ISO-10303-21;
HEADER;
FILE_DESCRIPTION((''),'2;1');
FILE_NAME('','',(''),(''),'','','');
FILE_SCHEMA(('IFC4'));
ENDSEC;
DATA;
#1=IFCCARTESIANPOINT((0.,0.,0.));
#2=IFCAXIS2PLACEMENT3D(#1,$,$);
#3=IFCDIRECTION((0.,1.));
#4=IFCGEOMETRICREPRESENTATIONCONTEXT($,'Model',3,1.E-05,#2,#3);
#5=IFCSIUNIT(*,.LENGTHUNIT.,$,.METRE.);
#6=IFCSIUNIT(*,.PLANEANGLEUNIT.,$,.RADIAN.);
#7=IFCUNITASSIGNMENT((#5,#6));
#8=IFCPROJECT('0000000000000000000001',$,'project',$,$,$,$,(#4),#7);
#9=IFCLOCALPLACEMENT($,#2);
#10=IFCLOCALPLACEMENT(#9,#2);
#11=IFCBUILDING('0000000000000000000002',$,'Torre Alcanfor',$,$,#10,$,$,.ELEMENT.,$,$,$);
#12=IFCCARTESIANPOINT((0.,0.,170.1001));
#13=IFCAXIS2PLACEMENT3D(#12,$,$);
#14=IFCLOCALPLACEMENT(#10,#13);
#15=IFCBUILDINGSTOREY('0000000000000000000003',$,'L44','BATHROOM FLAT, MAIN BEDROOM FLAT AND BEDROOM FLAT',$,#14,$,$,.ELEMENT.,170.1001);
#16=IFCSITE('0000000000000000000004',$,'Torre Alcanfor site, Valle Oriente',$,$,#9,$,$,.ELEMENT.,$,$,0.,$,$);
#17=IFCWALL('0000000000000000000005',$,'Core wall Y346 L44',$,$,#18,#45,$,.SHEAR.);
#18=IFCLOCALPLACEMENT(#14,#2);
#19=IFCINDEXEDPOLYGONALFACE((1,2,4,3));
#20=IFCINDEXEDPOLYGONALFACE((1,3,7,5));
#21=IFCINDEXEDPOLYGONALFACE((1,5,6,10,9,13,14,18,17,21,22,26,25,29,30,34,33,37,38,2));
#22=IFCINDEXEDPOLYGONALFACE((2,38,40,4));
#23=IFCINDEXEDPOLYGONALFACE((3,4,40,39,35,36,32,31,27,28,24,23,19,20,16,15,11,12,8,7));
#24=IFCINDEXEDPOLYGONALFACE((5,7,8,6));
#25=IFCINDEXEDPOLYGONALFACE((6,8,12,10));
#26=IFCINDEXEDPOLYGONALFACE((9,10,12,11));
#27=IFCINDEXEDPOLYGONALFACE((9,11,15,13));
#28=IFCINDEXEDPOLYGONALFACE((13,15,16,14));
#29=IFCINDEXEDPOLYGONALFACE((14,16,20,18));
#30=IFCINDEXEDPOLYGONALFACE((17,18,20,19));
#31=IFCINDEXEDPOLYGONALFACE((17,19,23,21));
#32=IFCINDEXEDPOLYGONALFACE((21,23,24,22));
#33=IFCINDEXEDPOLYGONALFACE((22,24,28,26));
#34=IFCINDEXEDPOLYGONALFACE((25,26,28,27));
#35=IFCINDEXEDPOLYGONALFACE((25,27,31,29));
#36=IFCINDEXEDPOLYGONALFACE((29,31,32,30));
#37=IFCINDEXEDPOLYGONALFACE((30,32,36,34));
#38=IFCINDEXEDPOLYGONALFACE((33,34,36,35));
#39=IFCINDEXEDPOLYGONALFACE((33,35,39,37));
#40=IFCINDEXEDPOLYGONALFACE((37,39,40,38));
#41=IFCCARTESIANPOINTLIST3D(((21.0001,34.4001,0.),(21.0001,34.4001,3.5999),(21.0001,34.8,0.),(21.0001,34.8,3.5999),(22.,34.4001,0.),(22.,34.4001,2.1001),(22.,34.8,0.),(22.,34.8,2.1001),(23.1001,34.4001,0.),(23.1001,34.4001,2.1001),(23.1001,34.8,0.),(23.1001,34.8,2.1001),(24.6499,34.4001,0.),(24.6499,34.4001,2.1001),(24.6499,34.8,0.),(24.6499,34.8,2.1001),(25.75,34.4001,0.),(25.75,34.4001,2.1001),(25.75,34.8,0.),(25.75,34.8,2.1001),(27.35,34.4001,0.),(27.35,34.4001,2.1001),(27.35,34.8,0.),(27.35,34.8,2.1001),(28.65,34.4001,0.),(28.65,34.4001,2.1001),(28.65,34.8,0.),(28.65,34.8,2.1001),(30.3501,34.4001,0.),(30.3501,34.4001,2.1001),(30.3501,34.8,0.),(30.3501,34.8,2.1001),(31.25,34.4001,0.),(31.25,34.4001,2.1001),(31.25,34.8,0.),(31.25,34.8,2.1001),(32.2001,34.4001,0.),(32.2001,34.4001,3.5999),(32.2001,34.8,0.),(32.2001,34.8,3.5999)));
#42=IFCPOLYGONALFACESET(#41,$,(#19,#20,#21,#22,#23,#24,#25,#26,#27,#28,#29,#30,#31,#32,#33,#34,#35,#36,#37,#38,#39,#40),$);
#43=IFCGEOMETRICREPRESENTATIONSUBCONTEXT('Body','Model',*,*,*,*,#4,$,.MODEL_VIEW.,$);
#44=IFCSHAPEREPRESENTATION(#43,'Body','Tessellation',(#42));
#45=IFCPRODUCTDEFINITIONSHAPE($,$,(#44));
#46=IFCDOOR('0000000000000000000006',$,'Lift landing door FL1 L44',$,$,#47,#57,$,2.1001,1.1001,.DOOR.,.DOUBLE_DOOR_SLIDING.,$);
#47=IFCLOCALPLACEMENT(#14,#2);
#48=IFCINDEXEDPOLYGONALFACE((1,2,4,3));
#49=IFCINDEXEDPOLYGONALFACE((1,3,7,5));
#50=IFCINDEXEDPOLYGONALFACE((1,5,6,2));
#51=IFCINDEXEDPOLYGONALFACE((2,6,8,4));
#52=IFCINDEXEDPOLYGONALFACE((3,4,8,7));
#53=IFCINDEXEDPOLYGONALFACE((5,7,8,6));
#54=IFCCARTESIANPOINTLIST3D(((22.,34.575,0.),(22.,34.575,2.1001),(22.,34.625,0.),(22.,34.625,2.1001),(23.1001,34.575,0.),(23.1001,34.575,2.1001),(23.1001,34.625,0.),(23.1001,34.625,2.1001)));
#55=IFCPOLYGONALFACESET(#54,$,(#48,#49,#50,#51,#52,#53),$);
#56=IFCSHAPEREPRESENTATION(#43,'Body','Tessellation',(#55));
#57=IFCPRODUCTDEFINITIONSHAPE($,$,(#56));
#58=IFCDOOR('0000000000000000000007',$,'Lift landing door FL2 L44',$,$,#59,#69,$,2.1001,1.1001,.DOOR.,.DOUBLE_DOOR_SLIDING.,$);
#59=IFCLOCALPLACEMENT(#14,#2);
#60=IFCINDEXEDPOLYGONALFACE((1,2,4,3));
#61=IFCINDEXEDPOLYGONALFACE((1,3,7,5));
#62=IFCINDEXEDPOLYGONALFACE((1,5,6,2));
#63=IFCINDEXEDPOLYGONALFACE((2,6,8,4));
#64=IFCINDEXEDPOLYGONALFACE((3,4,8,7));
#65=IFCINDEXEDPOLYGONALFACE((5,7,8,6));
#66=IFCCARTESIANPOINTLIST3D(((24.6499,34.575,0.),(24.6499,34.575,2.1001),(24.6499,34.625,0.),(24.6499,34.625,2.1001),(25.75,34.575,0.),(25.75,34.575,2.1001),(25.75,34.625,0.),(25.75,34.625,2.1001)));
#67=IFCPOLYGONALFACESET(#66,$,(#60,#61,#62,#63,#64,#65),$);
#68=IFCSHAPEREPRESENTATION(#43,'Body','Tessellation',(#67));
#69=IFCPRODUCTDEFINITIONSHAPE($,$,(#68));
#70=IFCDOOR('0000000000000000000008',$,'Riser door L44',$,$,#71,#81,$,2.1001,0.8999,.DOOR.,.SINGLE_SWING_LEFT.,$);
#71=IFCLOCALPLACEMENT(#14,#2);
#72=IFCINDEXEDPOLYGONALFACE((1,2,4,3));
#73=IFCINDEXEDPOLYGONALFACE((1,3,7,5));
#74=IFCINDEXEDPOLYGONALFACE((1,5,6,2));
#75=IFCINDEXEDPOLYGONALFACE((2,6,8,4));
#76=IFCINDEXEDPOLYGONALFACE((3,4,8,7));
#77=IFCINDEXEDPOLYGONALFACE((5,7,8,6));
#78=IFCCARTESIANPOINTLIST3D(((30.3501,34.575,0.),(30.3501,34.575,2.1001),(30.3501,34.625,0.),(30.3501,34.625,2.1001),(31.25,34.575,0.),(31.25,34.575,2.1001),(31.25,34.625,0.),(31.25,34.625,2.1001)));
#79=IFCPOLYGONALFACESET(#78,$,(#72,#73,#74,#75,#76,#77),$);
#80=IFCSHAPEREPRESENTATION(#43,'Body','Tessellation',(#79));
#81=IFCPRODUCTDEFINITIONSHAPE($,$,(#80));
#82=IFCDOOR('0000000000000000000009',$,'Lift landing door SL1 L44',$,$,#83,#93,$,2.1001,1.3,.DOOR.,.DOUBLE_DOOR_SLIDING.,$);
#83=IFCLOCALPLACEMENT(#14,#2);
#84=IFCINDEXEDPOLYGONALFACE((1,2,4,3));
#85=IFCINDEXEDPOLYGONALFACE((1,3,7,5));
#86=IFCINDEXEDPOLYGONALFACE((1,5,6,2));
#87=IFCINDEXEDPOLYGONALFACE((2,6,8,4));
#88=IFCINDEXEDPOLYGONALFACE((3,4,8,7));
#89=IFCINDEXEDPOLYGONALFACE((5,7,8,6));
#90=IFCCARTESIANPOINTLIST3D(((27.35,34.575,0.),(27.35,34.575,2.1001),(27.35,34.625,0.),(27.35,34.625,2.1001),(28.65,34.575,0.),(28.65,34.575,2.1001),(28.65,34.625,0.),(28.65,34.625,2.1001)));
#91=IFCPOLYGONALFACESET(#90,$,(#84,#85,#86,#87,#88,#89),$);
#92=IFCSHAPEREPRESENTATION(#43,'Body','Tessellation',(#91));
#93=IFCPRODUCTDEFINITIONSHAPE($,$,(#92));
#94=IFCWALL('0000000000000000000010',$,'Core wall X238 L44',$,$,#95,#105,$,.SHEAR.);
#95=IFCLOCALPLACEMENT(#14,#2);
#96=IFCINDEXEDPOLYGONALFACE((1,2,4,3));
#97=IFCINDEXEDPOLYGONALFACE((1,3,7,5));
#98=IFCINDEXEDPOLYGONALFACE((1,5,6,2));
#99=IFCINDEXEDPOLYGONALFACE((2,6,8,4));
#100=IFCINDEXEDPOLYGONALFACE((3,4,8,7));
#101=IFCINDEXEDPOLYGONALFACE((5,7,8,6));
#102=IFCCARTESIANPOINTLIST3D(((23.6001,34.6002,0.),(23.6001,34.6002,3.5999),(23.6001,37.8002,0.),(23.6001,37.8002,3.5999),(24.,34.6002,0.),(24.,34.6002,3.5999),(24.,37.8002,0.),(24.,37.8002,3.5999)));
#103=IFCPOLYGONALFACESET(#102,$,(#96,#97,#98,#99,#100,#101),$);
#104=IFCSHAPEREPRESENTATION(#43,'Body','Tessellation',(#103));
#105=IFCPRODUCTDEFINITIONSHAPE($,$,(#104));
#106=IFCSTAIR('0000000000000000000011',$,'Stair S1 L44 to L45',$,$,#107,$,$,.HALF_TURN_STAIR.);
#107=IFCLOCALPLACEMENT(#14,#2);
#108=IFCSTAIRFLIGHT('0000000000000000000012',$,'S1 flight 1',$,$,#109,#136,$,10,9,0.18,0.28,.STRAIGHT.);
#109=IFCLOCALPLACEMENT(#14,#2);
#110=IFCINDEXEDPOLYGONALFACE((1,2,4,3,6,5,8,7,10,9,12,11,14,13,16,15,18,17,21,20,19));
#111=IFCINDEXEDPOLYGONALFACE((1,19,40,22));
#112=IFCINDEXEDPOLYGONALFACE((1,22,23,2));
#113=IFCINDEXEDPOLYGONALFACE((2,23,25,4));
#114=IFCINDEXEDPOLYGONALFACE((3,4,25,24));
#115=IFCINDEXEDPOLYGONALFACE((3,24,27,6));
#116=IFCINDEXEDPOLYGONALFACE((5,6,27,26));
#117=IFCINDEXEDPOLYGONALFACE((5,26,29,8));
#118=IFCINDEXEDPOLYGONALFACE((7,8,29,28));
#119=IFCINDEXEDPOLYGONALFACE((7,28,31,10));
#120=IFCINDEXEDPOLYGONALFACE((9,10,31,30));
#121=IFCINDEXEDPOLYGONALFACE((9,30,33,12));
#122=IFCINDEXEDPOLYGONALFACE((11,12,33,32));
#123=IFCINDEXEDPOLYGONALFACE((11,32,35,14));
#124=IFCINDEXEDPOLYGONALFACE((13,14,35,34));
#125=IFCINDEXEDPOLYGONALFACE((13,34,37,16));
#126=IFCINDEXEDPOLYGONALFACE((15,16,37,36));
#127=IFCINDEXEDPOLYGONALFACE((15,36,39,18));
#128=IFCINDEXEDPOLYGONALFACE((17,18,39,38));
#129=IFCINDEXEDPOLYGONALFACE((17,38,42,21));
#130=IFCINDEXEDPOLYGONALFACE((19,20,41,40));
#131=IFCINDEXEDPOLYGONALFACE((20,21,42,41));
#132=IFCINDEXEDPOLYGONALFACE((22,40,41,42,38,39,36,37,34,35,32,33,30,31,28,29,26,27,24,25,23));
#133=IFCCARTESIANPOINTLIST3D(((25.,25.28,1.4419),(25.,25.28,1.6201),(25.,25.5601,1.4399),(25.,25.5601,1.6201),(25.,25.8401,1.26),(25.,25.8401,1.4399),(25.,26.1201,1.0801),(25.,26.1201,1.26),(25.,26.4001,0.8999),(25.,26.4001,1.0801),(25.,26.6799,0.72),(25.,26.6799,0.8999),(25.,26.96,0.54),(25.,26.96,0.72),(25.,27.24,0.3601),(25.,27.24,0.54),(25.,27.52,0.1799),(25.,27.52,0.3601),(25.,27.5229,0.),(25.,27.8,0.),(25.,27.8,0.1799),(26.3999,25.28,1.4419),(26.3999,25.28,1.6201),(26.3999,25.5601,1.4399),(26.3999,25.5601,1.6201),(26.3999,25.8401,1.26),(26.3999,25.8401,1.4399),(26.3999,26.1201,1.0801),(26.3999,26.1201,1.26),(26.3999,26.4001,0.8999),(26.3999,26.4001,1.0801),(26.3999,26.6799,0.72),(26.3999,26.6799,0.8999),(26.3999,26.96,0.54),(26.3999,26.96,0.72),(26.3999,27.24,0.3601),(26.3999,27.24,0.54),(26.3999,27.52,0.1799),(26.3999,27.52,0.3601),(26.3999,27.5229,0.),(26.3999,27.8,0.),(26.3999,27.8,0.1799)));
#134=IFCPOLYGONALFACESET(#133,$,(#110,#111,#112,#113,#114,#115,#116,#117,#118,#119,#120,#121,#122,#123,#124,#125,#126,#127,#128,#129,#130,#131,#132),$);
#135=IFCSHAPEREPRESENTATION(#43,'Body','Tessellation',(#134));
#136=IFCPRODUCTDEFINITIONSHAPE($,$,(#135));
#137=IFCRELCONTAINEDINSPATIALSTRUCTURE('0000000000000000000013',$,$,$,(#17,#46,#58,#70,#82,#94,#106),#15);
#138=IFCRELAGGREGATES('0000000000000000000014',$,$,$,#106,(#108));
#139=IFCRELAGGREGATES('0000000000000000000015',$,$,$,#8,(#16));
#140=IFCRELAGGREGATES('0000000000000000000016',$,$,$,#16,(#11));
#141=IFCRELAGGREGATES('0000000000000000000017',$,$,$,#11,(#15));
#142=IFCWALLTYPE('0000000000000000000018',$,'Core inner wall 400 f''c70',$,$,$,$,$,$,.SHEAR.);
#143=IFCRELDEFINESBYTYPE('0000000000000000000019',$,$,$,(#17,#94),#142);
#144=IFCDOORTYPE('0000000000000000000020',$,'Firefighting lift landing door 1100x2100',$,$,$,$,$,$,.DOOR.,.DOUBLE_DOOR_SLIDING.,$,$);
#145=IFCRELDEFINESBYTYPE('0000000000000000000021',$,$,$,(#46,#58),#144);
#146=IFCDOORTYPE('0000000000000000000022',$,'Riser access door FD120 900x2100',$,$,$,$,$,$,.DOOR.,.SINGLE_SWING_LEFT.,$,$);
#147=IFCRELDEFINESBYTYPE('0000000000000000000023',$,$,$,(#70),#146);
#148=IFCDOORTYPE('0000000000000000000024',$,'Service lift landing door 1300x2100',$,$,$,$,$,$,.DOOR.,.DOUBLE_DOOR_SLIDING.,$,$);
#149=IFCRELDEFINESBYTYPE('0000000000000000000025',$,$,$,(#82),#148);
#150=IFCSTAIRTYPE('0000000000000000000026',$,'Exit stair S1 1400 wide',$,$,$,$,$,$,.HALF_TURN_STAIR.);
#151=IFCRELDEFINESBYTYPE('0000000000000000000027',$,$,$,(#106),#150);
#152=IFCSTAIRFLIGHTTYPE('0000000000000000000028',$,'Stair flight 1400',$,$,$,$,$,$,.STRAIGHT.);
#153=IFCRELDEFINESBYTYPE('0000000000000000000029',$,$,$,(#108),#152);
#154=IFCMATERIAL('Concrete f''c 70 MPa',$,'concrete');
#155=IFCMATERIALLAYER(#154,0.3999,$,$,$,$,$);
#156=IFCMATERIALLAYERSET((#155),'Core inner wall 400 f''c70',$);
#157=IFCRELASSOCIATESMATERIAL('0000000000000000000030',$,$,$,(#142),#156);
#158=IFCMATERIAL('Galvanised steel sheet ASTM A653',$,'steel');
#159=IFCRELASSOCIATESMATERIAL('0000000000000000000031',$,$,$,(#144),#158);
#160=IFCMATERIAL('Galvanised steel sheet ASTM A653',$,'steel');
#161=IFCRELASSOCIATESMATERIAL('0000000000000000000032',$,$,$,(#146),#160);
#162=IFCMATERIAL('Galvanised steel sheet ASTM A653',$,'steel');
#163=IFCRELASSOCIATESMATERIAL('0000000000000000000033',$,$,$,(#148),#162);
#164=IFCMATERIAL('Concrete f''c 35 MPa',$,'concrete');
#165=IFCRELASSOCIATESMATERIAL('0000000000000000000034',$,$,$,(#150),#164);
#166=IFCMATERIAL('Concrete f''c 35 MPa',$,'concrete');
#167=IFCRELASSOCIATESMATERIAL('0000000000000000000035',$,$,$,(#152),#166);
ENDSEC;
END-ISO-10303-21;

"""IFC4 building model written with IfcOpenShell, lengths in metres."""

from ifc_helpers import new_model, si_unit, direction, frame, frame_2d, origin, place, context, subcontext, project, spatial, polyline, rectangle, outline, extrude, material, layer, layer_set, type_object, element, fill, aggregate, save


model = new_model("IFC4")

# Units and contexts
model_context = context("Model", 3, precision=1e-05, world=origin(), true_north=direction((0.0, 1.0)))
body_context = subcontext(model_context, "Body", "Model", "MODEL_VIEW")
ifc_project = project(units=[si_unit("LENGTHUNIT", "METRE"), si_unit("PLANEANGLEUNIT", "RADIAN")], contexts=[model_context])

# Site, building, storey
site_placement = place(None, origin())
site = spatial("IfcSite", under=ifc_project, at=site_placement, Name="Torre Alcanfor site, Valle Oriente", CompositionType="ELEMENT", RefElevation=0.0)
building_placement = place(site_placement, origin())
building = spatial("IfcBuilding", under=site, at=building_placement, Name="Torre Alcanfor", CompositionType="ELEMENT")
storey_placement = place(building_placement, frame((0.0, 0.0, 170.1001)))
storey = spatial("IfcBuildingStorey", under=building, at=storey_placement, Name="L44", Description="BATHROOM FLAT, MAIN BEDROOM FLAT AND BEDROOM FLAT", CompositionType="ELEMENT", Elevation=170.1001)

# Shared definitions
ifc_material_1 = material(Name="Concrete f'c 70 MPa", Category="concrete")
ifc_layer_1 = layer(ifc_material_1, 0.3999)
ifc_layer_set_1 = layer_set([ifc_layer_1], Name="Core inner wall 400 f'c70")
wall_type_1 = type_object("IfcWallType", Name="Core inner wall 400 f'c70", PredefinedType="SHEAR", material=ifc_layer_set_1)

# Wall, openings, doors
wall_1_placement = place(storey_placement, frame((21.0, 34.6001, 0.0), z_axis=(0.0, 0.0, 1.0), x_axis=(1.0, 0.0, 0.0)))
wall_1 = element("IfcWall", 1, at=wall_1_placement, inside=storey, type_object=wall_type_1, Name="Core wall Y346 L44", PredefinedType="SHEAR", context=body_context, shape_type="SweptSolid", body=[
    extrude(rectangle(XDim=11.2, YDim=0.3999, at=frame_2d((5.6001, 0.0))), origin(), (0.0, 0.0, 1.0), 3.5999),
])
opening_1_placement = place(wall_1_placement, frame((9.3501, 0.0, 0.0)))
opening_1 = element("IfcOpeningElement", 2, at=opening_1_placement, cuts=wall_1, PredefinedType="OPENING", context=body_context, shape_type="SweptSolid", body=[
    extrude(rectangle(XDim=0.8999, YDim=2.1001, at=frame_2d((0.45, 1.05))), frame((0.0, 0.21, 0.0), z_axis=(0.0, -1.0, 0.0), x_axis=(1.0, 0.0, 0.0)), (0.0, 0.0, 1.0), 0.4199),
])
opening_2_placement = place(wall_1_placement, frame((1.0, 0.0, 0.0)))
opening_2 = element("IfcOpeningElement", 3, at=opening_2_placement, cuts=wall_1, PredefinedType="OPENING", context=body_context, shape_type="SweptSolid", body=[
    extrude(rectangle(XDim=1.1001, YDim=2.1001, at=frame_2d((0.55, 1.05))), frame((0.0, 0.21, 0.0), z_axis=(0.0, -1.0, 0.0), x_axis=(1.0, 0.0, 0.0)), (0.0, 0.0, 1.0), 0.4199),
])
opening_3_placement = place(wall_1_placement, frame((3.6499, 0.0, 0.0)))
opening_3 = element("IfcOpeningElement", 4, at=opening_3_placement, cuts=wall_1, PredefinedType="OPENING", context=body_context, shape_type="SweptSolid", body=[
    extrude(rectangle(XDim=1.1001, YDim=2.1001, at=frame_2d((0.55, 1.05))), frame((0.0, 0.21, 0.0), z_axis=(0.0, -1.0, 0.0), x_axis=(1.0, 0.0, 0.0)), (0.0, 0.0, 1.0), 0.4199),
])
opening_4_placement = place(wall_1_placement, frame((6.3501, 0.0, 0.0)))
opening_4 = element("IfcOpeningElement", 5, at=opening_4_placement, cuts=wall_1, PredefinedType="OPENING", context=body_context, shape_type="SweptSolid", body=[
    extrude(rectangle(XDim=1.3, YDim=2.1001, at=frame_2d((0.6499, 1.05))), frame((0.0, 0.21, 0.0), z_axis=(0.0, -1.0, 0.0), x_axis=(1.0, 0.0, 0.0)), (0.0, 0.0, 1.0), 0.4199),
])
ifc_material_2 = material(Name="Galvanised steel sheet ASTM A653", Category="steel")
door_type_1 = type_object("IfcDoorType", Name="Firefighting lift landing door 1100x2100", OperationType="DOUBLE_DOOR_SLIDING", PredefinedType="DOOR", material=ifc_material_2)
door_1_placement = place(opening_2_placement, origin())
door_1 = element("IfcDoor", 6, at=door_1_placement, inside=storey, type_object=door_type_1, Name="Lift landing door FL1 L44", OperationType="DOUBLE_DOOR_SLIDING", OverallHeight=2.1001, OverallWidth=1.1001, PredefinedType="DOOR", context=body_context, shape_type="SweptSolid", body=[
    extrude(rectangle(XDim=1.1001, YDim=2.1001, at=frame_2d((0.55, 1.05))), frame((0.0, 0.0249, 0.0), z_axis=(0.0, -1.0, 0.0), x_axis=(1.0, 0.0, 0.0)), (0.0, 0.0, 1.0), 0.05),
])
fill(opening_2, door_1)
door_2_placement = place(opening_3_placement, origin())
door_2 = element("IfcDoor", 7, at=door_2_placement, inside=storey, type_object=door_type_1, Name="Lift landing door FL2 L44", OperationType="DOUBLE_DOOR_SLIDING", OverallHeight=2.1001, OverallWidth=1.1001, PredefinedType="DOOR", context=body_context, shape_type="SweptSolid", body=[
    extrude(rectangle(XDim=1.1001, YDim=2.1001, at=frame_2d((0.55, 1.05))), frame((0.0, 0.0249, 0.0), z_axis=(0.0, -1.0, 0.0), x_axis=(1.0, 0.0, 0.0)), (0.0, 0.0, 1.0), 0.05),
])
fill(opening_3, door_2)
ifc_material_3 = material(Name="Galvanised steel sheet ASTM A653", Category="steel")
door_type_2 = type_object("IfcDoorType", Name="Riser access door FD120 900x2100", OperationType="SINGLE_SWING_LEFT", PredefinedType="DOOR", material=ifc_material_3)
door_3_placement = place(opening_1_placement, origin())
door_3 = element("IfcDoor", 8, at=door_3_placement, inside=storey, type_object=door_type_2, Name="Riser door L44", OperationType="SINGLE_SWING_LEFT", OverallHeight=2.1001, OverallWidth=0.8999, PredefinedType="DOOR", context=body_context, shape_type="SweptSolid", body=[
    extrude(rectangle(XDim=0.8999, YDim=2.1001, at=frame_2d((0.45, 1.05))), frame((0.0, 0.0249, 0.0), z_axis=(0.0, -1.0, 0.0), x_axis=(1.0, 0.0, 0.0)), (0.0, 0.0, 1.0), 0.05),
])
fill(opening_1, door_3)
ifc_material_4 = material(Name="Galvanised steel sheet ASTM A653", Category="steel")
door_type_3 = type_object("IfcDoorType", Name="Service lift landing door 1300x2100", OperationType="DOUBLE_DOOR_SLIDING", PredefinedType="DOOR", material=ifc_material_4)
door_4_placement = place(opening_4_placement, origin())
door_4 = element("IfcDoor", 9, at=door_4_placement, inside=storey, type_object=door_type_3, Name="Lift landing door SL1 L44", OperationType="DOUBLE_DOOR_SLIDING", OverallHeight=2.1001, OverallWidth=1.3, PredefinedType="DOOR", context=body_context, shape_type="SweptSolid", body=[
    extrude(rectangle(XDim=1.3, YDim=2.1001, at=frame_2d((0.6499, 1.05))), frame((0.0, 0.0249, 0.0), z_axis=(0.0, -1.0, 0.0), x_axis=(1.0, 0.0, 0.0)), (0.0, 0.0, 1.0), 0.05),
])
fill(opening_4, door_4)

# Wall
wall_2_placement = place(storey_placement, frame((23.8, 34.6001, 0.0), z_axis=(0.0, 0.0, 1.0), x_axis=(0.0, 1.0, 0.0)))
element("IfcWall", 10, at=wall_2_placement, inside=storey, type_object=wall_type_1, Name="Core wall X238 L44", PredefinedType="SHEAR", context=body_context, shape_type="SweptSolid", body=[
    extrude(rectangle(XDim=3.2, YDim=0.3999, at=frame_2d((1.6001, 0.0))), origin(), (0.0, 0.0, 1.0), 3.5999),
])

# Stair, stair flight
ifc_material_5 = material(Name="Concrete f'c 35 MPa", Category="concrete")
stair_type = type_object("IfcStairType", Name="Exit stair S1 1400 wide", PredefinedType="HALF_TURN_STAIR", material=ifc_material_5)
stair_placement = place(storey_placement, origin())
stair = element("IfcStair", 11, at=stair_placement, inside=storey, type_object=stair_type, Name="Stair S1 L44 to L45", PredefinedType="HALF_TURN_STAIR")
ifc_material_6 = material(Name="Concrete f'c 35 MPa", Category="concrete")
stair_flight_type = type_object("IfcStairFlightType", Name="Stair flight 1400", PredefinedType="STRAIGHT", material=ifc_material_6)
stair_flight_placement = place(storey_placement, frame((25.7, 27.8, 0.0), z_axis=(0.0, 0.0, 1.0), x_axis=(0.0, -1.0, 0.0)))
stair_flight = element("IfcStairFlight", 12, at=stair_flight_placement, type_object=stair_flight_type, Name="S1 flight 1", NumberOfRisers=10, NumberOfTreads=9, PredefinedType="STRAIGHT", RiserHeight=0.18, TreadLength=0.28, context=body_context, shape_type="SweptSolid", body=[
    extrude(outline(polyline([(0.0, 0.0), (0.0, 0.1799), (0.28, 0.1799), (0.28, 0.3601), (0.5601, 0.3601), (0.5601, 0.54), (0.8401, 0.54), (0.8401, 0.72), (1.1201, 0.72), (1.1201, 0.8999), (1.3999, 0.8999), (1.3999, 1.0801), (1.6799, 1.0801), (1.6799, 1.26), (1.96, 1.26), (1.96, 1.4399), (2.24, 1.4399), (2.24, 1.6201), (2.52, 1.6201), (2.52, 1.8), (2.52, 1.4419), (0.2771, 0.0), (0.0, 0.0)])), frame((0.0, 0.7, 0.0), z_axis=(0.0, -1.0, 0.0), x_axis=(1.0, 0.0, 0.0)), (0.0, 0.0, 1.0), 1.3999),
])
aggregate(stair, [stair_flight])

save(model, "model.ifc")
